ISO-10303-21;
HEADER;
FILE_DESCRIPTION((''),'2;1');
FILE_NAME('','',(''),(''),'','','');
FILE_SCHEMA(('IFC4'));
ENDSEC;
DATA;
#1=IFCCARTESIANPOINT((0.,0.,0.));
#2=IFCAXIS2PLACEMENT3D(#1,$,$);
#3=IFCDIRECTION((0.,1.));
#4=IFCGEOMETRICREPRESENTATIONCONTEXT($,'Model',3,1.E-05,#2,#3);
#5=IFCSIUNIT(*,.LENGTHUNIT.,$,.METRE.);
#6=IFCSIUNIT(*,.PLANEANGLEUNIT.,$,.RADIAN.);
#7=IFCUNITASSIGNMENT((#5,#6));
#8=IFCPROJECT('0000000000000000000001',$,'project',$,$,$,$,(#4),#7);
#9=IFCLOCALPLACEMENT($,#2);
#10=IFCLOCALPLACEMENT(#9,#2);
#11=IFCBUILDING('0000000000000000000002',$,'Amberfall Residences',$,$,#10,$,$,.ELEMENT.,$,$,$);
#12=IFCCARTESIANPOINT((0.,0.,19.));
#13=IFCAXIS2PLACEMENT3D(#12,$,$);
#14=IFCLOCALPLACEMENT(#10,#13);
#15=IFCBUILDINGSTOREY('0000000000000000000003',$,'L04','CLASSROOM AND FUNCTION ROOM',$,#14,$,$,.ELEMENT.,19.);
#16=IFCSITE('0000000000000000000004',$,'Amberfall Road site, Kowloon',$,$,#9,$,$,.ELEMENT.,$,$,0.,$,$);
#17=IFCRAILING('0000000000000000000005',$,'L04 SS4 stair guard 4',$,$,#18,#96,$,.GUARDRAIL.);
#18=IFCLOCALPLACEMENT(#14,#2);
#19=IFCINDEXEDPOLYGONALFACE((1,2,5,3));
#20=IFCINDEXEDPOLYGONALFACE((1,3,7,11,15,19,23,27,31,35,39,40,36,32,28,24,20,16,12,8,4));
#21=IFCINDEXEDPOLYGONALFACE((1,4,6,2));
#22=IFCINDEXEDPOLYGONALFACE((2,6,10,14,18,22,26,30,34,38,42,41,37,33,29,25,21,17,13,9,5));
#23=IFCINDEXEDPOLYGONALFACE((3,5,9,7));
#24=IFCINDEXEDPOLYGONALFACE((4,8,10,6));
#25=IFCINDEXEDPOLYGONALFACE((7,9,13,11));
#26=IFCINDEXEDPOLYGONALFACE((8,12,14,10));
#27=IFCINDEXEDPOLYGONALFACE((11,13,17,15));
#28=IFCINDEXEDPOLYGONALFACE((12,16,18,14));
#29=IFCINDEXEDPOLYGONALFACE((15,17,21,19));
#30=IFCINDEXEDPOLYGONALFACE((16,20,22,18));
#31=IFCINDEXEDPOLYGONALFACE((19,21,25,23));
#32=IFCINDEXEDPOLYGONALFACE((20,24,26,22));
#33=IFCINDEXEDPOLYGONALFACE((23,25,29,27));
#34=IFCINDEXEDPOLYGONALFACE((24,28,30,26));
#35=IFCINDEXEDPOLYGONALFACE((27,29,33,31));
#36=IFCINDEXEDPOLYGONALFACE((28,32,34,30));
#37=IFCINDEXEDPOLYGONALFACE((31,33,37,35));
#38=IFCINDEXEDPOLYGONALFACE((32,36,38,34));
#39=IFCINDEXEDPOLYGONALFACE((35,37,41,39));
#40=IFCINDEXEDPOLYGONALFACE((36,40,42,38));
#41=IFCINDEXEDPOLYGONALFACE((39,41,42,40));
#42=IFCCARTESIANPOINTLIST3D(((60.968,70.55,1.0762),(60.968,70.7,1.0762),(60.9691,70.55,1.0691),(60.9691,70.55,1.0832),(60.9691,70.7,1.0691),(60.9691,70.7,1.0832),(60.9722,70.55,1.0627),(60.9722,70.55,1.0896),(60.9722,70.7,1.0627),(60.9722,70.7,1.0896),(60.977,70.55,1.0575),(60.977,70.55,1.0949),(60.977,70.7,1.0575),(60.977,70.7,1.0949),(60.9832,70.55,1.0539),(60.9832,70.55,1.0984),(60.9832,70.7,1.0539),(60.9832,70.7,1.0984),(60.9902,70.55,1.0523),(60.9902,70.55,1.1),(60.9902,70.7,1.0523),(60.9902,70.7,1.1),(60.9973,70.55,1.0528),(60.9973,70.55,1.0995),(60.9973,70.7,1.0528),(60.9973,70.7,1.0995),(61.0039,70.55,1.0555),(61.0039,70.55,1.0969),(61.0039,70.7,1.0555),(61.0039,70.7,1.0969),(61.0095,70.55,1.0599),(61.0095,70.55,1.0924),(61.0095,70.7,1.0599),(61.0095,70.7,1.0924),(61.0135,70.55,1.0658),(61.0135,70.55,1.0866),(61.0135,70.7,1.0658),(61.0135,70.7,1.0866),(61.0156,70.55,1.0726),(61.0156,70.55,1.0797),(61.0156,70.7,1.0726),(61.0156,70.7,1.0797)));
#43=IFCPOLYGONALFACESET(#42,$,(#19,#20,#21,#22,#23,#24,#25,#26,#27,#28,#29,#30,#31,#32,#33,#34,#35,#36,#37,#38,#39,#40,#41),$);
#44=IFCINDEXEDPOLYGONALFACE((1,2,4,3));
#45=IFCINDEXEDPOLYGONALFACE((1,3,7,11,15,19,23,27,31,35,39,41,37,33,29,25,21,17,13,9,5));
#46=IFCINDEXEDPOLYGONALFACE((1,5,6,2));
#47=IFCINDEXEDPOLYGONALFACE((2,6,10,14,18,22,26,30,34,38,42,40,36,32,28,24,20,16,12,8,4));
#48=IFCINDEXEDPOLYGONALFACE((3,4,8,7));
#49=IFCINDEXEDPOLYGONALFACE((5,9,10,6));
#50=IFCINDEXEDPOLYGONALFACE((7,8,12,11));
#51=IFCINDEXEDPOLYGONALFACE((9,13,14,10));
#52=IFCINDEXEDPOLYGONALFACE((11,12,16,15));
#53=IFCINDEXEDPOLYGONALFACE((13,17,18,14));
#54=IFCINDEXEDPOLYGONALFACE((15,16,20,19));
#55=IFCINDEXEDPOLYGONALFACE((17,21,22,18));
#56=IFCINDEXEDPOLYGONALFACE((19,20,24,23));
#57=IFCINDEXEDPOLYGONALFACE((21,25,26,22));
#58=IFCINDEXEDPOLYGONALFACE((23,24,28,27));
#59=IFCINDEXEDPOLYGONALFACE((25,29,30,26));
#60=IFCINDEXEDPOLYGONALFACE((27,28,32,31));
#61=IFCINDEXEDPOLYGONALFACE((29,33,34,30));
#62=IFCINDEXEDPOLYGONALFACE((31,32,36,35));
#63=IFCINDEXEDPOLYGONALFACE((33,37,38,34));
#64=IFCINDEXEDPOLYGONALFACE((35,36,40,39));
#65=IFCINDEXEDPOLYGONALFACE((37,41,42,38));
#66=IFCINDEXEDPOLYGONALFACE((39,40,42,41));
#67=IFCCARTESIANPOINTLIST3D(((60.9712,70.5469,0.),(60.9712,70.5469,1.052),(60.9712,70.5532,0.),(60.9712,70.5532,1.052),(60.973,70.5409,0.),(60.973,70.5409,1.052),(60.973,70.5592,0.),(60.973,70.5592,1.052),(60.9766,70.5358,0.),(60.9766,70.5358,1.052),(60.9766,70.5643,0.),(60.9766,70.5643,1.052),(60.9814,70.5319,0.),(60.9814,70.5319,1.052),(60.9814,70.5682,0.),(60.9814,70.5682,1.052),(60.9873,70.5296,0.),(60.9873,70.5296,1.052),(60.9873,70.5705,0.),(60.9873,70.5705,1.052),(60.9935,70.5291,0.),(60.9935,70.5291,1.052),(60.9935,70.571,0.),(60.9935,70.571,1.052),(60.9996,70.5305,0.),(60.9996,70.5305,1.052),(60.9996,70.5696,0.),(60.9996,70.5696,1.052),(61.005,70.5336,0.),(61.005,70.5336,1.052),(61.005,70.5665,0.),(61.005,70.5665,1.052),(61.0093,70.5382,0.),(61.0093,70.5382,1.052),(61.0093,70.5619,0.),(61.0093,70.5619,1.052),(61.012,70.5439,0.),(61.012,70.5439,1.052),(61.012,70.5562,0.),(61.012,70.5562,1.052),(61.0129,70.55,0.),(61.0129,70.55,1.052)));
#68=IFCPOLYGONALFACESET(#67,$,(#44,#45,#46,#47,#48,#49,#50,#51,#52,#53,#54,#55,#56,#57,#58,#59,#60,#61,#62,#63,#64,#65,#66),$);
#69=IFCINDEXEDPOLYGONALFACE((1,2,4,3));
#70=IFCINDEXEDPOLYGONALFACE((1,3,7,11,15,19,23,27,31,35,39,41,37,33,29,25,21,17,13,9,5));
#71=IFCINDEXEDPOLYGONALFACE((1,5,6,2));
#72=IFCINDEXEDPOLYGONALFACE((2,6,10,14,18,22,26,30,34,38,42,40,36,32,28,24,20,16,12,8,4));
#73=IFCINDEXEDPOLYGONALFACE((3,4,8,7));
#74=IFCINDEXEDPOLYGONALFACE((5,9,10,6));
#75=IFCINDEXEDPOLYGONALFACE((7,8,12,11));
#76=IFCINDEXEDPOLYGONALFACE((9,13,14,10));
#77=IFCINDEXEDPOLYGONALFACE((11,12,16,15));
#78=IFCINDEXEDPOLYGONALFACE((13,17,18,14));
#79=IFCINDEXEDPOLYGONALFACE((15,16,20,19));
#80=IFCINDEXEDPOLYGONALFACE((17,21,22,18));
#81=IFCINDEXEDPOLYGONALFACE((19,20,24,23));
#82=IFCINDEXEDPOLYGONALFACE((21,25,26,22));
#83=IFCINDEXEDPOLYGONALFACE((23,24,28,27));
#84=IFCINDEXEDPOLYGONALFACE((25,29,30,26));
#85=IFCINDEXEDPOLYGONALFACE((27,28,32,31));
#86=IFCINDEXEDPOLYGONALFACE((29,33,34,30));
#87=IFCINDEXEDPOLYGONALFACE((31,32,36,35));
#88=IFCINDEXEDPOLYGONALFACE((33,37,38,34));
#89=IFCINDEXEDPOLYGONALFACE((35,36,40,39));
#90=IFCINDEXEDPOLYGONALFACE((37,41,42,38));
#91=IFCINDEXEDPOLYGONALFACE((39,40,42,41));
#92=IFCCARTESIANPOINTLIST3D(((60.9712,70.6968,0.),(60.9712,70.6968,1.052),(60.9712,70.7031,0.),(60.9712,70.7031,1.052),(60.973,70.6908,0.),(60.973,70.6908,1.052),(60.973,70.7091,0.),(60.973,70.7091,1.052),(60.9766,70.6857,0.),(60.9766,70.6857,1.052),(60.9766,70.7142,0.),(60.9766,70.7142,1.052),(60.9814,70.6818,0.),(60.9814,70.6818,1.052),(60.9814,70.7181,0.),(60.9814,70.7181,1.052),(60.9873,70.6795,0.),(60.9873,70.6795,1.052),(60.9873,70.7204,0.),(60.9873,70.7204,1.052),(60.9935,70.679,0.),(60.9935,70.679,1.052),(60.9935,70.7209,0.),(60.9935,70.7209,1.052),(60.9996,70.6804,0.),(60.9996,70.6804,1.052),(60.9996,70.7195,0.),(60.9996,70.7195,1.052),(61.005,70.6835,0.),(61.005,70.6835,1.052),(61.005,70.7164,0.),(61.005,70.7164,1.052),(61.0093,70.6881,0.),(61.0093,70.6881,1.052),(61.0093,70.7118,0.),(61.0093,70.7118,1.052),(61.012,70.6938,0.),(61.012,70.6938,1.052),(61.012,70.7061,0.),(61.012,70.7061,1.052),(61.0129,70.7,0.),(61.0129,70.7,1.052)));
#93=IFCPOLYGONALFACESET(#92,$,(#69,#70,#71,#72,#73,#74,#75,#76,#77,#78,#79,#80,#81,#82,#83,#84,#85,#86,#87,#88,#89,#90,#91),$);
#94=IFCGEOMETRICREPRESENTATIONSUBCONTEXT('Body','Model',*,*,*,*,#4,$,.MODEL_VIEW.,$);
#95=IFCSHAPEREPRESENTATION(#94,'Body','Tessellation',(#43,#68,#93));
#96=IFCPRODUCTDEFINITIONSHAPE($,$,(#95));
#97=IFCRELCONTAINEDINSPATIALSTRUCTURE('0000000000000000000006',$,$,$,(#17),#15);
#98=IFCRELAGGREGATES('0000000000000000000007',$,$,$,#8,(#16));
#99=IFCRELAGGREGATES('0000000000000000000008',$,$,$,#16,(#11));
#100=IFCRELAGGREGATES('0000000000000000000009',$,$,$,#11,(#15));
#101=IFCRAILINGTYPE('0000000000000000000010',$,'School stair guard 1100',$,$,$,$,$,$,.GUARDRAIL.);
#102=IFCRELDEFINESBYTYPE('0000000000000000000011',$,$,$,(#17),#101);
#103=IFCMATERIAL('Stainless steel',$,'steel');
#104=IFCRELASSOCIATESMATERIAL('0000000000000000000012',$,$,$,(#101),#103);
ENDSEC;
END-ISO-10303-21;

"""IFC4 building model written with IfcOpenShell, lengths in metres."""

from ifc_helpers import new_model, si_unit, direction, frame, origin, origin_2d, place, context, subcontext, project, spatial, circle, extrude, material, type_object, element, save


model = new_model("IFC4")

# Units and contexts
model_context = context("Model", 3, precision=1e-05, world=origin(), true_north=direction((0.0, 1.0)))
body_context = subcontext(model_context, "Body", "Model", "MODEL_VIEW")
ifc_project = project(units=[si_unit("LENGTHUNIT", "METRE"), si_unit("PLANEANGLEUNIT", "RADIAN")], contexts=[model_context])

# Site, building, storey
site_placement = place(None, origin())
site = spatial("IfcSite", under=ifc_project, at=site_placement, Name="Amberfall Road site, Kowloon", CompositionType="ELEMENT", RefElevation=0.0)
building_placement = place(site_placement, origin())
building = spatial("IfcBuilding", under=site, at=building_placement, Name="Amberfall Residences", CompositionType="ELEMENT")
storey_placement = place(building_placement, frame((0.0, 0.0, 19.0)))
storey = spatial("IfcBuildingStorey", under=building, at=storey_placement, Name="L04", Description="CLASSROOM AND FUNCTION ROOM", CompositionType="ELEMENT", Elevation=19.0)

# Railing
ifc_material_1 = material(Name="Stainless steel", Category="steel")
railing_type_1 = type_object("IfcRailingType", Name="School stair guard 1100", PredefinedType="GUARDRAIL", material=ifc_material_1)
railing_1_placement = place(storey_placement, frame((60.9919, 70.55, 0.0)))
element("IfcRailing", 1, at=railing_1_placement, inside=storey, type_object=railing_type_1, Name="L04 SS4 stair guard 4", PredefinedType="GUARDRAIL", context=body_context, shape_type="SweptSolid", body=[
    extrude(circle(Radius=0.0239, at=origin_2d()), frame((0.0, 0.0, 1.0762), z_axis=(0.0, 1.0, 0.0), x_axis=(-1.0, 0.0, 0.0)), (0.0, 0.0, 1.0), 0.1499),
    extrude(circle(Radius=0.021, at=origin_2d()), origin(), (0.0, 0.0, 1.0), 1.052),
    extrude(circle(Radius=0.021, at=origin_2d()), frame((0.0, 0.1499, 0.0)), (0.0, 0.0, 1.0), 1.052),
])

save(model, "model.ifc")
